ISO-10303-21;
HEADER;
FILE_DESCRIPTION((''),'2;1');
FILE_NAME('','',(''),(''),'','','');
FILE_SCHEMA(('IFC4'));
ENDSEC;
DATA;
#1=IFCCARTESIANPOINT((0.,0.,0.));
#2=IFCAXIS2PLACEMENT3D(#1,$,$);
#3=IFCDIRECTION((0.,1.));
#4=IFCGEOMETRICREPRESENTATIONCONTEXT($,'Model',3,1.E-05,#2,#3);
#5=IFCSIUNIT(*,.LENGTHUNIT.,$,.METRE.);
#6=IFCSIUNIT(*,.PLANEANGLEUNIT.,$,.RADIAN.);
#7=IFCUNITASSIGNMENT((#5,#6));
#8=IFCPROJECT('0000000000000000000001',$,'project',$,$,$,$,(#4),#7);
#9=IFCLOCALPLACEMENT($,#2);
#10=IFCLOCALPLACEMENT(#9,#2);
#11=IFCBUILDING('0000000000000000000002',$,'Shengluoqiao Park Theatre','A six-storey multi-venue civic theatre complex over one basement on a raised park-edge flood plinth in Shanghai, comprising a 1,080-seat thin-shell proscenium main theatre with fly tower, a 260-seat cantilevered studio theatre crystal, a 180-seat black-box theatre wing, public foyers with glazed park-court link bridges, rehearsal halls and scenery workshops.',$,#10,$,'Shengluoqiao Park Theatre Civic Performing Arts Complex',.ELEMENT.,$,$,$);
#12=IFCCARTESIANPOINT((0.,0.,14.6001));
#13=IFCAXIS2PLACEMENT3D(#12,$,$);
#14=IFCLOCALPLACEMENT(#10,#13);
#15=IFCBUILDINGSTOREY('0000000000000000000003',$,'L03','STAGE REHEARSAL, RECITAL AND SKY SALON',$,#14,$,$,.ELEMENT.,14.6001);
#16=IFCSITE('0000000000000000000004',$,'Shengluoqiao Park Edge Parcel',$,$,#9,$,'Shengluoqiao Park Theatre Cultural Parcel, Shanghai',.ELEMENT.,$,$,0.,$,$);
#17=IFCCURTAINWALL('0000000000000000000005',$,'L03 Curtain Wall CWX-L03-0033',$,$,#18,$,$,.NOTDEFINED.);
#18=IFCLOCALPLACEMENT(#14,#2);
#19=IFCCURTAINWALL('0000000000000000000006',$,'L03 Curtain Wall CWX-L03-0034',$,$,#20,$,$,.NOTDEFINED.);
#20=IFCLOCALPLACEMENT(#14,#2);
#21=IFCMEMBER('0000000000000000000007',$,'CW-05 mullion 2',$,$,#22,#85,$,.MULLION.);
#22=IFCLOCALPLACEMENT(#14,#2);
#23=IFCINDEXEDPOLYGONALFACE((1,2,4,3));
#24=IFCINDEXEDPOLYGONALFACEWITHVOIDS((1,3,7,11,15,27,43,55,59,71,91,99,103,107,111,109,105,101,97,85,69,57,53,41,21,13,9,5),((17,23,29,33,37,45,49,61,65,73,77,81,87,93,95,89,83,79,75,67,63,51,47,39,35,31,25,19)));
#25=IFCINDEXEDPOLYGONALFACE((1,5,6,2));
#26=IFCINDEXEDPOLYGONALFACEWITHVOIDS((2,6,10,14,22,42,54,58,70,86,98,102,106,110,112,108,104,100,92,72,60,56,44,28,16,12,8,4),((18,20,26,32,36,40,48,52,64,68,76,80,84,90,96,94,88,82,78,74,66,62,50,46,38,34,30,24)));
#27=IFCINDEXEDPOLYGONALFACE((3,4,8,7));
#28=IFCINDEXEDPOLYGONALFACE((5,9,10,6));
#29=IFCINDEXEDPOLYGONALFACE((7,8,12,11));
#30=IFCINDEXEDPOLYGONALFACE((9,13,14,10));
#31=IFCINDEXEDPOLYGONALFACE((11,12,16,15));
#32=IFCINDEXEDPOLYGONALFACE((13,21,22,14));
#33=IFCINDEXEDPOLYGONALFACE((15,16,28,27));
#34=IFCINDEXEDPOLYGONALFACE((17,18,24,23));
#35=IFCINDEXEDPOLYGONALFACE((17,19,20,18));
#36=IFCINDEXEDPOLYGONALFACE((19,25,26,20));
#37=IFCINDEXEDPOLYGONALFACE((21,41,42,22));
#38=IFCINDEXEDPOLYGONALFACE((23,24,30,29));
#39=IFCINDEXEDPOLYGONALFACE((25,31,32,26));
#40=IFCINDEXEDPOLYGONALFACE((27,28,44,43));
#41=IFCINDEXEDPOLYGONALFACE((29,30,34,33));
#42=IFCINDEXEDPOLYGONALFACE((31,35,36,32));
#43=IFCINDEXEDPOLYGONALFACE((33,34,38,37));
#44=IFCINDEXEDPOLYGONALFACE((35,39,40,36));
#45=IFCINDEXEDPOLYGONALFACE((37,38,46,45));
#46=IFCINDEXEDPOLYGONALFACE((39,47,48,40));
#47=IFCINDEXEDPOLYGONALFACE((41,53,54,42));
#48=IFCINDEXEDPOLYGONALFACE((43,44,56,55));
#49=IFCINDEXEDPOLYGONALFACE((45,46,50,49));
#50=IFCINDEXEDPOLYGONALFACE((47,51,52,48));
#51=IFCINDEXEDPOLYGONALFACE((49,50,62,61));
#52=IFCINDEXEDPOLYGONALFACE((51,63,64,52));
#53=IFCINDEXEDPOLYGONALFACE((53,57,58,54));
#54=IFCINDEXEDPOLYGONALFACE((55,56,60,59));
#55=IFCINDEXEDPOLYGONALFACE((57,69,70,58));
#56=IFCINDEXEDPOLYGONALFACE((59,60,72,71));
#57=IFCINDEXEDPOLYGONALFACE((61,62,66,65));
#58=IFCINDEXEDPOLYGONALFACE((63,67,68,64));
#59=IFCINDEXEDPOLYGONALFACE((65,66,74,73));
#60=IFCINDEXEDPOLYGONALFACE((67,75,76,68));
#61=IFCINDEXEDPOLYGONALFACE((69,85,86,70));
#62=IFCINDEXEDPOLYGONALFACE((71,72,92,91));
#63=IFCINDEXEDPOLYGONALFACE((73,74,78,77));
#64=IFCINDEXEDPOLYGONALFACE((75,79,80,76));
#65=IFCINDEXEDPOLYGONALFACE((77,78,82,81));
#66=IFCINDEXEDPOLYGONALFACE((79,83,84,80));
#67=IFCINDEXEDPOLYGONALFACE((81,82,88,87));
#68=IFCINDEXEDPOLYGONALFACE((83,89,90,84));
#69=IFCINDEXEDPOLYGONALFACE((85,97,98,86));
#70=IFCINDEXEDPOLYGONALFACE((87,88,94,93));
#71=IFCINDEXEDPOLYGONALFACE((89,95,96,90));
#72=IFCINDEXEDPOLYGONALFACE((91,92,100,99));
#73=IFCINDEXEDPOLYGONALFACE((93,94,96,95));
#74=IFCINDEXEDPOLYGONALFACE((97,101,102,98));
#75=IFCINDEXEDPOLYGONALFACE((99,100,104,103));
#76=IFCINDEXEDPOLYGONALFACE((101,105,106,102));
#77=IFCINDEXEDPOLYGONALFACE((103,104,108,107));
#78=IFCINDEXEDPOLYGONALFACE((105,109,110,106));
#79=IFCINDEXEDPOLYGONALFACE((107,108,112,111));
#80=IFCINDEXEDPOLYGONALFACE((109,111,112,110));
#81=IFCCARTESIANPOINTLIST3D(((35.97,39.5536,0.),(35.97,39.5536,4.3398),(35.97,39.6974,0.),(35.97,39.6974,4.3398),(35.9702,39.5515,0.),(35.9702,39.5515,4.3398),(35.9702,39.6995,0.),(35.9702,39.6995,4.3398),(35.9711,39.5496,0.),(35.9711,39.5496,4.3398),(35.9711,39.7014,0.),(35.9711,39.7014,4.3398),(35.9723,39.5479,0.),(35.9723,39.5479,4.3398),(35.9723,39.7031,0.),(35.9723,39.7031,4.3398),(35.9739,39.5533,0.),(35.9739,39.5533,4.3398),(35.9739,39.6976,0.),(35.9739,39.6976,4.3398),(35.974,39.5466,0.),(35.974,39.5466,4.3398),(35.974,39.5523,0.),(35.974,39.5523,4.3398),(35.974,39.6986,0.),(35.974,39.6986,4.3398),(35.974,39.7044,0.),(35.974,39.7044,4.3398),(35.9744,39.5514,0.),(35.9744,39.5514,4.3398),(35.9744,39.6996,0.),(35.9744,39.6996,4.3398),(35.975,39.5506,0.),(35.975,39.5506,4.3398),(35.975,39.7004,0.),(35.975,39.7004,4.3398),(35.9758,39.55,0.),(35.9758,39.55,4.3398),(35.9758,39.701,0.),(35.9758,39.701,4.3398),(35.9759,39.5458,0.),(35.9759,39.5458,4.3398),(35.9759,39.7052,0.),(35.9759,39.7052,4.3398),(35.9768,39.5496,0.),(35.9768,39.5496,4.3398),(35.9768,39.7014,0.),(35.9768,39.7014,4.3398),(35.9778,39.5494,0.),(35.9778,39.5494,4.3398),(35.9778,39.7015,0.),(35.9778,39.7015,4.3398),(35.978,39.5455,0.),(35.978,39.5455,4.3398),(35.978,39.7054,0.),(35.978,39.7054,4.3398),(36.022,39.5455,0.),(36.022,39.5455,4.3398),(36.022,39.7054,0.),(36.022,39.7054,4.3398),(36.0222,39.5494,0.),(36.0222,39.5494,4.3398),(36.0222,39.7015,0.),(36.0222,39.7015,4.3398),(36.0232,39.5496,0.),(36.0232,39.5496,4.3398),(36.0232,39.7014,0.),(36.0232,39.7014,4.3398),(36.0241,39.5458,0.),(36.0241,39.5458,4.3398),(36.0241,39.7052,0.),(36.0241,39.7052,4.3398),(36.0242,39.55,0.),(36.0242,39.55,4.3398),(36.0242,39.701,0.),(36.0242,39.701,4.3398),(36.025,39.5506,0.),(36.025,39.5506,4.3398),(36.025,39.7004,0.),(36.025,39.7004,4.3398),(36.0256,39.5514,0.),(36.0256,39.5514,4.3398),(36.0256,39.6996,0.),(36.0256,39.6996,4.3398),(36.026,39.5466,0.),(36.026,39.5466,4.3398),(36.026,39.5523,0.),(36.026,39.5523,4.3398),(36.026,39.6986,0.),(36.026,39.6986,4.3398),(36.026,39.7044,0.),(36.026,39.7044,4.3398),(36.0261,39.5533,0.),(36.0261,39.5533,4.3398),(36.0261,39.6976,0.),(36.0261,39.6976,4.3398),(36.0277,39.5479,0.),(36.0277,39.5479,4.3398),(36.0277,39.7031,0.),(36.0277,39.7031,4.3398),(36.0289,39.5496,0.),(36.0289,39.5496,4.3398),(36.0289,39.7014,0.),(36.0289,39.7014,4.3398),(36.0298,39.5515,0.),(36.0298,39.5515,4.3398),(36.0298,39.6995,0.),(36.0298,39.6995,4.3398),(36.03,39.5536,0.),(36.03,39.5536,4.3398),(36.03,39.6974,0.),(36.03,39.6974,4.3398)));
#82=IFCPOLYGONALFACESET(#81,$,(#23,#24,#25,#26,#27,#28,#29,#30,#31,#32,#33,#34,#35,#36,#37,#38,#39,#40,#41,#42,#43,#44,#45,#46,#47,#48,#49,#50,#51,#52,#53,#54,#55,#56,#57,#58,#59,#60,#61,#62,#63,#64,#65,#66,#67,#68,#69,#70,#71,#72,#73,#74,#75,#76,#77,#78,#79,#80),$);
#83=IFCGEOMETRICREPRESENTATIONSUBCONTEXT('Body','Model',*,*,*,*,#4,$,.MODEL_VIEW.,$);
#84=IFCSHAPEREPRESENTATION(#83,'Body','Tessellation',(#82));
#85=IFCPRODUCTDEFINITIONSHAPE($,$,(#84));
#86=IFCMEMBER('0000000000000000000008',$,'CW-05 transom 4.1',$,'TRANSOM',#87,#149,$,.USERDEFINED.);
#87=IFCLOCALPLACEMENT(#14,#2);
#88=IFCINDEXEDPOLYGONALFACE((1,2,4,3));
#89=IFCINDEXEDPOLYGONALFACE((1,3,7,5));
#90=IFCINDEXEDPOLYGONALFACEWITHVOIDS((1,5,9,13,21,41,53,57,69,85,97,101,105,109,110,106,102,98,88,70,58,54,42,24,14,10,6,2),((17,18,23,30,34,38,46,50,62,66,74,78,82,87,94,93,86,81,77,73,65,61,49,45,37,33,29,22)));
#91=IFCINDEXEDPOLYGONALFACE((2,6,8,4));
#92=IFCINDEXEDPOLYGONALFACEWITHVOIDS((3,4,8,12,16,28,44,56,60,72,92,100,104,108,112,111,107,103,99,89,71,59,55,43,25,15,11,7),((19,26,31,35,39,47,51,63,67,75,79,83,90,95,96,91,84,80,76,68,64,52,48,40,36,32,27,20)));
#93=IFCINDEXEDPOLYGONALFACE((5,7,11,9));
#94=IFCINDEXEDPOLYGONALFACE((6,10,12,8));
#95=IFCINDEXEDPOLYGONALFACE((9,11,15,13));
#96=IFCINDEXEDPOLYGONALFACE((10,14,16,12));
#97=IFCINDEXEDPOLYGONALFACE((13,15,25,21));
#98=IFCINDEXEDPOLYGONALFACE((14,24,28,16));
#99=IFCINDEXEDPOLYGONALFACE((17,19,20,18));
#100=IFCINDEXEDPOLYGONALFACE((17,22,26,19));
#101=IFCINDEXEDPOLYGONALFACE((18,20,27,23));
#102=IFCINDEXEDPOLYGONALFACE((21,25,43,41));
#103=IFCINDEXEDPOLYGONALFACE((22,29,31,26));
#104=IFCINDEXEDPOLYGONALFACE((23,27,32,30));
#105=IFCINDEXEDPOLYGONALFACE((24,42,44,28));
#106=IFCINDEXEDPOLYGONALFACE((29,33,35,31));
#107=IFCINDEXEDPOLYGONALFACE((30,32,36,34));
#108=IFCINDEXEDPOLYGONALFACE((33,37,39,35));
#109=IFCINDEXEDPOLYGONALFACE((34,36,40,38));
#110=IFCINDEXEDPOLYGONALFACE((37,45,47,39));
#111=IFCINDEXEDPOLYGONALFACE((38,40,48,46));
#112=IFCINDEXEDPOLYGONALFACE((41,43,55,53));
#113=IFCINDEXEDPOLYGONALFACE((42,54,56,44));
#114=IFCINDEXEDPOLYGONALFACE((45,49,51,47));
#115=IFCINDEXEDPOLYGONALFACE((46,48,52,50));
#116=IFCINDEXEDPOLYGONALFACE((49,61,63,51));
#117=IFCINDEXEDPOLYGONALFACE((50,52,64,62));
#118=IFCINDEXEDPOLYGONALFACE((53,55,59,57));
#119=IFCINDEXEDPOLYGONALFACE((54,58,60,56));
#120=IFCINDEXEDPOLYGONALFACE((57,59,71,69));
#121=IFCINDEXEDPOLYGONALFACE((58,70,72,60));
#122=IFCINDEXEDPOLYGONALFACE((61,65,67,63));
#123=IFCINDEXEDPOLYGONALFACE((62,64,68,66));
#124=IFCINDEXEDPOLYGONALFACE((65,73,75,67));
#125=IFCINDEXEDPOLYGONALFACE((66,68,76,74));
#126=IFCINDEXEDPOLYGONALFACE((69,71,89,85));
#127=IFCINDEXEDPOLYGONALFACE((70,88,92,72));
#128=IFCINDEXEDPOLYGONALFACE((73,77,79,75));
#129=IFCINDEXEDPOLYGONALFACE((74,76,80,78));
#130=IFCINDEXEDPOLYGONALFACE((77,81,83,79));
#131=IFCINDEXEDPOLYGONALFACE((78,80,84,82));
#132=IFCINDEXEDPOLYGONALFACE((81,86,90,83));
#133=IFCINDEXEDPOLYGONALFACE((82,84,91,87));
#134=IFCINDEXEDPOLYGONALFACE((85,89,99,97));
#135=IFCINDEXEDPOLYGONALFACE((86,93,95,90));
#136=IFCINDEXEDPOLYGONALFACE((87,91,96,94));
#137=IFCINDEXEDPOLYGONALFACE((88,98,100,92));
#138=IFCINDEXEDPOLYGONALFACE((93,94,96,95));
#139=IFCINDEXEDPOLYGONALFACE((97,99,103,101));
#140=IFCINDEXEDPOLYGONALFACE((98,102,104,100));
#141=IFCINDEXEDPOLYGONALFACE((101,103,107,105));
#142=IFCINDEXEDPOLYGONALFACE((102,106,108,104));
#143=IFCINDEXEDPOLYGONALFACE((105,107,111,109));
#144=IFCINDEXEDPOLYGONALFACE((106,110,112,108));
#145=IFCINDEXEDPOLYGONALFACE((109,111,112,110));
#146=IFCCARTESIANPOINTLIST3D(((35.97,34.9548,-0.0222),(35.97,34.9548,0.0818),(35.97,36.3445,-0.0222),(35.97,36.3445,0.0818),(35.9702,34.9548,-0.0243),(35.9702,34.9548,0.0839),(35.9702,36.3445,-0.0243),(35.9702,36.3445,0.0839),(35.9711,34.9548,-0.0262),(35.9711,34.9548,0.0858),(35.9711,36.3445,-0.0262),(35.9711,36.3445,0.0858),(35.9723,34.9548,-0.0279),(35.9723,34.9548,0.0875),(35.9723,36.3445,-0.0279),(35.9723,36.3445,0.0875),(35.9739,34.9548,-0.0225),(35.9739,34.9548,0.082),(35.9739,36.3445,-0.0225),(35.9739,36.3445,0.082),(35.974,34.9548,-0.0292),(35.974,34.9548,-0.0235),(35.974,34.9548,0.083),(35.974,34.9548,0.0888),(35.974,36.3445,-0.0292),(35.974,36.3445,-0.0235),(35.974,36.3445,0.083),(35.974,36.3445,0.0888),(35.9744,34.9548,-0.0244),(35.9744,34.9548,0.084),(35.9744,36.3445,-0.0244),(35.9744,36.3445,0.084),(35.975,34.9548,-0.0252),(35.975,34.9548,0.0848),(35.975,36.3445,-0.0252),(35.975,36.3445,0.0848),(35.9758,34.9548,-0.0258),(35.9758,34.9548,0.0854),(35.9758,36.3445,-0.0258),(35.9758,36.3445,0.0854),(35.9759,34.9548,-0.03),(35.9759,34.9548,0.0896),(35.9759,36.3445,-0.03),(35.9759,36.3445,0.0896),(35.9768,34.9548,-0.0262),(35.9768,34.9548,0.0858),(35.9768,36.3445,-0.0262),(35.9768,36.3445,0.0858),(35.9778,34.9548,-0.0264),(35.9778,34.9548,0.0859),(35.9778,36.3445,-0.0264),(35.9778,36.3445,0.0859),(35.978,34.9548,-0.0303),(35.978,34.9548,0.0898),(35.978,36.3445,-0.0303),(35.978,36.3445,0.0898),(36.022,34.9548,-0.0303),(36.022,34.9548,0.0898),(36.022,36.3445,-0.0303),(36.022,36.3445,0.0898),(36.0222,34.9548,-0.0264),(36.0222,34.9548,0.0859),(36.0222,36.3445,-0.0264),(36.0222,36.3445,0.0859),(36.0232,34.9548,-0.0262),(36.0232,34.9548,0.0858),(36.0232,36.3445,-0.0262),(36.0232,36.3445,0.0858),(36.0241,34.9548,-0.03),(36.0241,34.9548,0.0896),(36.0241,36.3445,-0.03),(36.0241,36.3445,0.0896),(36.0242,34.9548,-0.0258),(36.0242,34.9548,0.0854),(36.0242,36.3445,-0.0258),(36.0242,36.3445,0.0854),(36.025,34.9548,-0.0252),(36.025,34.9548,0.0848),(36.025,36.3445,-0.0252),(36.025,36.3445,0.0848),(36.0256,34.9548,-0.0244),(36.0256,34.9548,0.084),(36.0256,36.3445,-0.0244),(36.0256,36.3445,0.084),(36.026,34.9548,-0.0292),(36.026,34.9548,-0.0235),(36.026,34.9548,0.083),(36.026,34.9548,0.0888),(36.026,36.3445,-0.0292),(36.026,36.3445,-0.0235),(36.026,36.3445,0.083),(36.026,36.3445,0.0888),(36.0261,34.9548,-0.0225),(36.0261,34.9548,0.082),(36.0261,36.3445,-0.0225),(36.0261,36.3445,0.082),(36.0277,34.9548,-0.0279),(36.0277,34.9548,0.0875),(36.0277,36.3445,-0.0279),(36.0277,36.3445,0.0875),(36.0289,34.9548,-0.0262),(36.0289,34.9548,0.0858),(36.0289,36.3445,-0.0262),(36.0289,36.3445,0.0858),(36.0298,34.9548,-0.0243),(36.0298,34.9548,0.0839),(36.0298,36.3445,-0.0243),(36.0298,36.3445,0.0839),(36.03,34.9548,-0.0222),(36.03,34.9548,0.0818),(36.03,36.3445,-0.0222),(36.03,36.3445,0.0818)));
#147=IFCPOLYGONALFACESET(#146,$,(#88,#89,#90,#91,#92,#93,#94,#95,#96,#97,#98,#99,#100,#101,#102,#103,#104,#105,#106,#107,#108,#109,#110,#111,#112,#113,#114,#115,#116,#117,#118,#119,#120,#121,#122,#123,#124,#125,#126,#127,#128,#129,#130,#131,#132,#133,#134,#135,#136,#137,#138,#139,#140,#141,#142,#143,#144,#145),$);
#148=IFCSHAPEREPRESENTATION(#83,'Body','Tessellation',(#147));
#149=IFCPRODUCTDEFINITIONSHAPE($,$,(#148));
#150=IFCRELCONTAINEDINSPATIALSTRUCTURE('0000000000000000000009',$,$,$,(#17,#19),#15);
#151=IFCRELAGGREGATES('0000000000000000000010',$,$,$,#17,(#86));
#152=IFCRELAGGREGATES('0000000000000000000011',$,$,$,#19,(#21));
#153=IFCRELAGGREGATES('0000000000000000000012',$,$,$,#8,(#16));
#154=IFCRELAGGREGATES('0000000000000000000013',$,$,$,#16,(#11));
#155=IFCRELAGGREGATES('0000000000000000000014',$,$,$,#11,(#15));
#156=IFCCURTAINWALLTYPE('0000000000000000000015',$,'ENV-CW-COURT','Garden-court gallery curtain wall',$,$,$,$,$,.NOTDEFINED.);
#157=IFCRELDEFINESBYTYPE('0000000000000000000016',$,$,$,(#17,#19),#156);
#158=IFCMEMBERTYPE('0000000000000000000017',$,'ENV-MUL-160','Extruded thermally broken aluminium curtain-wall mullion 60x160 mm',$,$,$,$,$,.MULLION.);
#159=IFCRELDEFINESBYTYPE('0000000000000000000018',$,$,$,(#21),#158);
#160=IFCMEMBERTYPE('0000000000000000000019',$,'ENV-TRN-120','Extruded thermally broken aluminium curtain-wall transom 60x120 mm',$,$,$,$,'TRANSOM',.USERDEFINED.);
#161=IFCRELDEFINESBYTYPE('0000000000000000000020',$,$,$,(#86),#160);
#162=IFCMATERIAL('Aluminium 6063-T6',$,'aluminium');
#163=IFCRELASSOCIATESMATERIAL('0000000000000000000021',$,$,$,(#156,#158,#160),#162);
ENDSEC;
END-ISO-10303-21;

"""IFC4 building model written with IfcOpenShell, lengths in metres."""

from ifc_helpers import new_model, si_unit, direction, frame, origin, origin_2d, place, context, subcontext, project, spatial, hollow_rectangle, extrude, material, material_profile, profile_set, type_object, element, aggregate, save


model = new_model("IFC4")

# Units and contexts
model_context = context("Model", 3, precision=1e-05, world=origin(), true_north=direction((0.0, 1.0)))
body_context = subcontext(model_context, "Body", "Model", "MODEL_VIEW")
ifc_project = project(units=[si_unit("LENGTHUNIT", "METRE"), si_unit("PLANEANGLEUNIT", "RADIAN")], contexts=[model_context])

# Site, building, storey
site_placement = place(None, origin())
site = spatial("IfcSite", under=ifc_project, at=site_placement, Name="Shengluoqiao Park Edge Parcel", LongName="Shengluoqiao Park Theatre Cultural Parcel, Shanghai", CompositionType="ELEMENT", RefElevation=0.0)
building_placement = place(site_placement, origin())
building = spatial("IfcBuilding", under=site, at=building_placement, Name="Shengluoqiao Park Theatre", Description="A six-storey multi-venue civic theatre complex over one basement on a raised park-edge flood plinth in Shanghai, comprising a 1,080-seat thin-shell proscenium main theatre with fly tower, a 260-seat cantilevered studio theatre crystal, a 180-seat black-box theatre wing, public foyers with glazed park-court link bridges, rehearsal halls and scenery workshops.", LongName="Shengluoqiao Park Theatre Civic Performing Arts Complex", CompositionType="ELEMENT")
storey_placement = place(building_placement, frame((0.0, 0.0, 14.6001)))
storey = spatial("IfcBuildingStorey", under=building, at=storey_placement, Name="L03", Description="STAGE REHEARSAL, RECITAL AND SKY SALON", CompositionType="ELEMENT", Elevation=14.6001)

# Curtain walls, member
ifc_material_1 = material(Name="Aluminium 6063-T6", Category="aluminium")
curtain_wall_type = type_object("IfcCurtainWallType", Name="ENV-CW-COURT", Description="Garden-court gallery curtain wall", PredefinedType="NOTDEFINED", material=ifc_material_1)
curtain_wall_1_placement = place(storey_placement, origin())
curtain_wall_1 = element("IfcCurtainWall", 1, at=curtain_wall_1_placement, inside=storey, type_object=curtain_wall_type, Name="L03 Curtain Wall CWX-L03-0033", PredefinedType="NOTDEFINED")
ifc_material_profile_1 = material_profile(ifc_material_1, hollow_rectangle(XDim=0.0601, YDim=0.1599, WallThickness=0.0039, InnerFilletRadius=0.0039, OuterFilletRadius=0.0081, at=origin_2d()), Name="ALU MULLION 160x60x4")
ifc_profile_set_1 = profile_set([ifc_material_profile_1], Name="Aluminium 6063-T6")
member_type_1 = type_object("IfcMemberType", Name="ENV-MUL-160", Description="Extruded thermally broken aluminium curtain-wall mullion 60x160 mm", PredefinedType="MULLION", material=ifc_profile_set_1)
curtain_wall_2_placement = place(storey_placement, origin())
curtain_wall_2 = element("IfcCurtainWall", 2, at=curtain_wall_2_placement, inside=storey, type_object=curtain_wall_type, Name="L03 Curtain Wall CWX-L03-0034", PredefinedType="NOTDEFINED")
member_1_placement = place(storey_placement, frame((36.0, 39.6255, 0.0), z_axis=(0.0, 0.0, 1.0), x_axis=(-1.0, 0.0, 0.0)))
member_1 = element("IfcMember", 3, at=member_1_placement, type_object=member_type_1, Name="CW-05 mullion 2", PredefinedType="MULLION", context=body_context, shape_type="SweptSolid", body=[
    extrude(hollow_rectangle(XDim=0.0601, YDim=0.1599, WallThickness=0.0039, InnerFilletRadius=0.0039, OuterFilletRadius=0.0081, at=origin_2d()), origin(), (0.0, 0.0, 1.0), 4.3398),
])

# Member
ifc_material_profile_2 = material_profile(ifc_material_1, hollow_rectangle(XDim=0.0601, YDim=0.1201, WallThickness=0.0039, InnerFilletRadius=0.0039, OuterFilletRadius=0.0081, at=origin_2d()), Name="ALU TRANSOM 120x60x4")
ifc_profile_set_2 = profile_set([ifc_material_profile_2], Name="Aluminium 6063-T6")
member_type_2 = type_object("IfcMemberType", Name="ENV-TRN-120", Description="Extruded thermally broken aluminium curtain-wall transom 60x120 mm", ElementType="TRANSOM", PredefinedType="USERDEFINED", material=ifc_profile_set_2)
member_2_placement = place(storey_placement, frame((36.0, 34.9548, 0.0298), z_axis=(0.0, 1.0, 0.0), x_axis=(-1.0, 0.0, 0.0)))
member_2 = element("IfcMember", 4, at=member_2_placement, type_object=member_type_2, Name="CW-05 transom 4.1", ObjectType="TRANSOM", PredefinedType="USERDEFINED", context=body_context, shape_type="SweptSolid", body=[
    extrude(hollow_rectangle(XDim=0.0601, YDim=0.1201, WallThickness=0.0039, InnerFilletRadius=0.0039, OuterFilletRadius=0.0081, at=origin_2d()), origin(), (0.0, 0.0, 1.0), 1.3896),
])

aggregate(curtain_wall_1, [member_2])
aggregate(curtain_wall_2, [member_1])

save(model, "model.ifc")
